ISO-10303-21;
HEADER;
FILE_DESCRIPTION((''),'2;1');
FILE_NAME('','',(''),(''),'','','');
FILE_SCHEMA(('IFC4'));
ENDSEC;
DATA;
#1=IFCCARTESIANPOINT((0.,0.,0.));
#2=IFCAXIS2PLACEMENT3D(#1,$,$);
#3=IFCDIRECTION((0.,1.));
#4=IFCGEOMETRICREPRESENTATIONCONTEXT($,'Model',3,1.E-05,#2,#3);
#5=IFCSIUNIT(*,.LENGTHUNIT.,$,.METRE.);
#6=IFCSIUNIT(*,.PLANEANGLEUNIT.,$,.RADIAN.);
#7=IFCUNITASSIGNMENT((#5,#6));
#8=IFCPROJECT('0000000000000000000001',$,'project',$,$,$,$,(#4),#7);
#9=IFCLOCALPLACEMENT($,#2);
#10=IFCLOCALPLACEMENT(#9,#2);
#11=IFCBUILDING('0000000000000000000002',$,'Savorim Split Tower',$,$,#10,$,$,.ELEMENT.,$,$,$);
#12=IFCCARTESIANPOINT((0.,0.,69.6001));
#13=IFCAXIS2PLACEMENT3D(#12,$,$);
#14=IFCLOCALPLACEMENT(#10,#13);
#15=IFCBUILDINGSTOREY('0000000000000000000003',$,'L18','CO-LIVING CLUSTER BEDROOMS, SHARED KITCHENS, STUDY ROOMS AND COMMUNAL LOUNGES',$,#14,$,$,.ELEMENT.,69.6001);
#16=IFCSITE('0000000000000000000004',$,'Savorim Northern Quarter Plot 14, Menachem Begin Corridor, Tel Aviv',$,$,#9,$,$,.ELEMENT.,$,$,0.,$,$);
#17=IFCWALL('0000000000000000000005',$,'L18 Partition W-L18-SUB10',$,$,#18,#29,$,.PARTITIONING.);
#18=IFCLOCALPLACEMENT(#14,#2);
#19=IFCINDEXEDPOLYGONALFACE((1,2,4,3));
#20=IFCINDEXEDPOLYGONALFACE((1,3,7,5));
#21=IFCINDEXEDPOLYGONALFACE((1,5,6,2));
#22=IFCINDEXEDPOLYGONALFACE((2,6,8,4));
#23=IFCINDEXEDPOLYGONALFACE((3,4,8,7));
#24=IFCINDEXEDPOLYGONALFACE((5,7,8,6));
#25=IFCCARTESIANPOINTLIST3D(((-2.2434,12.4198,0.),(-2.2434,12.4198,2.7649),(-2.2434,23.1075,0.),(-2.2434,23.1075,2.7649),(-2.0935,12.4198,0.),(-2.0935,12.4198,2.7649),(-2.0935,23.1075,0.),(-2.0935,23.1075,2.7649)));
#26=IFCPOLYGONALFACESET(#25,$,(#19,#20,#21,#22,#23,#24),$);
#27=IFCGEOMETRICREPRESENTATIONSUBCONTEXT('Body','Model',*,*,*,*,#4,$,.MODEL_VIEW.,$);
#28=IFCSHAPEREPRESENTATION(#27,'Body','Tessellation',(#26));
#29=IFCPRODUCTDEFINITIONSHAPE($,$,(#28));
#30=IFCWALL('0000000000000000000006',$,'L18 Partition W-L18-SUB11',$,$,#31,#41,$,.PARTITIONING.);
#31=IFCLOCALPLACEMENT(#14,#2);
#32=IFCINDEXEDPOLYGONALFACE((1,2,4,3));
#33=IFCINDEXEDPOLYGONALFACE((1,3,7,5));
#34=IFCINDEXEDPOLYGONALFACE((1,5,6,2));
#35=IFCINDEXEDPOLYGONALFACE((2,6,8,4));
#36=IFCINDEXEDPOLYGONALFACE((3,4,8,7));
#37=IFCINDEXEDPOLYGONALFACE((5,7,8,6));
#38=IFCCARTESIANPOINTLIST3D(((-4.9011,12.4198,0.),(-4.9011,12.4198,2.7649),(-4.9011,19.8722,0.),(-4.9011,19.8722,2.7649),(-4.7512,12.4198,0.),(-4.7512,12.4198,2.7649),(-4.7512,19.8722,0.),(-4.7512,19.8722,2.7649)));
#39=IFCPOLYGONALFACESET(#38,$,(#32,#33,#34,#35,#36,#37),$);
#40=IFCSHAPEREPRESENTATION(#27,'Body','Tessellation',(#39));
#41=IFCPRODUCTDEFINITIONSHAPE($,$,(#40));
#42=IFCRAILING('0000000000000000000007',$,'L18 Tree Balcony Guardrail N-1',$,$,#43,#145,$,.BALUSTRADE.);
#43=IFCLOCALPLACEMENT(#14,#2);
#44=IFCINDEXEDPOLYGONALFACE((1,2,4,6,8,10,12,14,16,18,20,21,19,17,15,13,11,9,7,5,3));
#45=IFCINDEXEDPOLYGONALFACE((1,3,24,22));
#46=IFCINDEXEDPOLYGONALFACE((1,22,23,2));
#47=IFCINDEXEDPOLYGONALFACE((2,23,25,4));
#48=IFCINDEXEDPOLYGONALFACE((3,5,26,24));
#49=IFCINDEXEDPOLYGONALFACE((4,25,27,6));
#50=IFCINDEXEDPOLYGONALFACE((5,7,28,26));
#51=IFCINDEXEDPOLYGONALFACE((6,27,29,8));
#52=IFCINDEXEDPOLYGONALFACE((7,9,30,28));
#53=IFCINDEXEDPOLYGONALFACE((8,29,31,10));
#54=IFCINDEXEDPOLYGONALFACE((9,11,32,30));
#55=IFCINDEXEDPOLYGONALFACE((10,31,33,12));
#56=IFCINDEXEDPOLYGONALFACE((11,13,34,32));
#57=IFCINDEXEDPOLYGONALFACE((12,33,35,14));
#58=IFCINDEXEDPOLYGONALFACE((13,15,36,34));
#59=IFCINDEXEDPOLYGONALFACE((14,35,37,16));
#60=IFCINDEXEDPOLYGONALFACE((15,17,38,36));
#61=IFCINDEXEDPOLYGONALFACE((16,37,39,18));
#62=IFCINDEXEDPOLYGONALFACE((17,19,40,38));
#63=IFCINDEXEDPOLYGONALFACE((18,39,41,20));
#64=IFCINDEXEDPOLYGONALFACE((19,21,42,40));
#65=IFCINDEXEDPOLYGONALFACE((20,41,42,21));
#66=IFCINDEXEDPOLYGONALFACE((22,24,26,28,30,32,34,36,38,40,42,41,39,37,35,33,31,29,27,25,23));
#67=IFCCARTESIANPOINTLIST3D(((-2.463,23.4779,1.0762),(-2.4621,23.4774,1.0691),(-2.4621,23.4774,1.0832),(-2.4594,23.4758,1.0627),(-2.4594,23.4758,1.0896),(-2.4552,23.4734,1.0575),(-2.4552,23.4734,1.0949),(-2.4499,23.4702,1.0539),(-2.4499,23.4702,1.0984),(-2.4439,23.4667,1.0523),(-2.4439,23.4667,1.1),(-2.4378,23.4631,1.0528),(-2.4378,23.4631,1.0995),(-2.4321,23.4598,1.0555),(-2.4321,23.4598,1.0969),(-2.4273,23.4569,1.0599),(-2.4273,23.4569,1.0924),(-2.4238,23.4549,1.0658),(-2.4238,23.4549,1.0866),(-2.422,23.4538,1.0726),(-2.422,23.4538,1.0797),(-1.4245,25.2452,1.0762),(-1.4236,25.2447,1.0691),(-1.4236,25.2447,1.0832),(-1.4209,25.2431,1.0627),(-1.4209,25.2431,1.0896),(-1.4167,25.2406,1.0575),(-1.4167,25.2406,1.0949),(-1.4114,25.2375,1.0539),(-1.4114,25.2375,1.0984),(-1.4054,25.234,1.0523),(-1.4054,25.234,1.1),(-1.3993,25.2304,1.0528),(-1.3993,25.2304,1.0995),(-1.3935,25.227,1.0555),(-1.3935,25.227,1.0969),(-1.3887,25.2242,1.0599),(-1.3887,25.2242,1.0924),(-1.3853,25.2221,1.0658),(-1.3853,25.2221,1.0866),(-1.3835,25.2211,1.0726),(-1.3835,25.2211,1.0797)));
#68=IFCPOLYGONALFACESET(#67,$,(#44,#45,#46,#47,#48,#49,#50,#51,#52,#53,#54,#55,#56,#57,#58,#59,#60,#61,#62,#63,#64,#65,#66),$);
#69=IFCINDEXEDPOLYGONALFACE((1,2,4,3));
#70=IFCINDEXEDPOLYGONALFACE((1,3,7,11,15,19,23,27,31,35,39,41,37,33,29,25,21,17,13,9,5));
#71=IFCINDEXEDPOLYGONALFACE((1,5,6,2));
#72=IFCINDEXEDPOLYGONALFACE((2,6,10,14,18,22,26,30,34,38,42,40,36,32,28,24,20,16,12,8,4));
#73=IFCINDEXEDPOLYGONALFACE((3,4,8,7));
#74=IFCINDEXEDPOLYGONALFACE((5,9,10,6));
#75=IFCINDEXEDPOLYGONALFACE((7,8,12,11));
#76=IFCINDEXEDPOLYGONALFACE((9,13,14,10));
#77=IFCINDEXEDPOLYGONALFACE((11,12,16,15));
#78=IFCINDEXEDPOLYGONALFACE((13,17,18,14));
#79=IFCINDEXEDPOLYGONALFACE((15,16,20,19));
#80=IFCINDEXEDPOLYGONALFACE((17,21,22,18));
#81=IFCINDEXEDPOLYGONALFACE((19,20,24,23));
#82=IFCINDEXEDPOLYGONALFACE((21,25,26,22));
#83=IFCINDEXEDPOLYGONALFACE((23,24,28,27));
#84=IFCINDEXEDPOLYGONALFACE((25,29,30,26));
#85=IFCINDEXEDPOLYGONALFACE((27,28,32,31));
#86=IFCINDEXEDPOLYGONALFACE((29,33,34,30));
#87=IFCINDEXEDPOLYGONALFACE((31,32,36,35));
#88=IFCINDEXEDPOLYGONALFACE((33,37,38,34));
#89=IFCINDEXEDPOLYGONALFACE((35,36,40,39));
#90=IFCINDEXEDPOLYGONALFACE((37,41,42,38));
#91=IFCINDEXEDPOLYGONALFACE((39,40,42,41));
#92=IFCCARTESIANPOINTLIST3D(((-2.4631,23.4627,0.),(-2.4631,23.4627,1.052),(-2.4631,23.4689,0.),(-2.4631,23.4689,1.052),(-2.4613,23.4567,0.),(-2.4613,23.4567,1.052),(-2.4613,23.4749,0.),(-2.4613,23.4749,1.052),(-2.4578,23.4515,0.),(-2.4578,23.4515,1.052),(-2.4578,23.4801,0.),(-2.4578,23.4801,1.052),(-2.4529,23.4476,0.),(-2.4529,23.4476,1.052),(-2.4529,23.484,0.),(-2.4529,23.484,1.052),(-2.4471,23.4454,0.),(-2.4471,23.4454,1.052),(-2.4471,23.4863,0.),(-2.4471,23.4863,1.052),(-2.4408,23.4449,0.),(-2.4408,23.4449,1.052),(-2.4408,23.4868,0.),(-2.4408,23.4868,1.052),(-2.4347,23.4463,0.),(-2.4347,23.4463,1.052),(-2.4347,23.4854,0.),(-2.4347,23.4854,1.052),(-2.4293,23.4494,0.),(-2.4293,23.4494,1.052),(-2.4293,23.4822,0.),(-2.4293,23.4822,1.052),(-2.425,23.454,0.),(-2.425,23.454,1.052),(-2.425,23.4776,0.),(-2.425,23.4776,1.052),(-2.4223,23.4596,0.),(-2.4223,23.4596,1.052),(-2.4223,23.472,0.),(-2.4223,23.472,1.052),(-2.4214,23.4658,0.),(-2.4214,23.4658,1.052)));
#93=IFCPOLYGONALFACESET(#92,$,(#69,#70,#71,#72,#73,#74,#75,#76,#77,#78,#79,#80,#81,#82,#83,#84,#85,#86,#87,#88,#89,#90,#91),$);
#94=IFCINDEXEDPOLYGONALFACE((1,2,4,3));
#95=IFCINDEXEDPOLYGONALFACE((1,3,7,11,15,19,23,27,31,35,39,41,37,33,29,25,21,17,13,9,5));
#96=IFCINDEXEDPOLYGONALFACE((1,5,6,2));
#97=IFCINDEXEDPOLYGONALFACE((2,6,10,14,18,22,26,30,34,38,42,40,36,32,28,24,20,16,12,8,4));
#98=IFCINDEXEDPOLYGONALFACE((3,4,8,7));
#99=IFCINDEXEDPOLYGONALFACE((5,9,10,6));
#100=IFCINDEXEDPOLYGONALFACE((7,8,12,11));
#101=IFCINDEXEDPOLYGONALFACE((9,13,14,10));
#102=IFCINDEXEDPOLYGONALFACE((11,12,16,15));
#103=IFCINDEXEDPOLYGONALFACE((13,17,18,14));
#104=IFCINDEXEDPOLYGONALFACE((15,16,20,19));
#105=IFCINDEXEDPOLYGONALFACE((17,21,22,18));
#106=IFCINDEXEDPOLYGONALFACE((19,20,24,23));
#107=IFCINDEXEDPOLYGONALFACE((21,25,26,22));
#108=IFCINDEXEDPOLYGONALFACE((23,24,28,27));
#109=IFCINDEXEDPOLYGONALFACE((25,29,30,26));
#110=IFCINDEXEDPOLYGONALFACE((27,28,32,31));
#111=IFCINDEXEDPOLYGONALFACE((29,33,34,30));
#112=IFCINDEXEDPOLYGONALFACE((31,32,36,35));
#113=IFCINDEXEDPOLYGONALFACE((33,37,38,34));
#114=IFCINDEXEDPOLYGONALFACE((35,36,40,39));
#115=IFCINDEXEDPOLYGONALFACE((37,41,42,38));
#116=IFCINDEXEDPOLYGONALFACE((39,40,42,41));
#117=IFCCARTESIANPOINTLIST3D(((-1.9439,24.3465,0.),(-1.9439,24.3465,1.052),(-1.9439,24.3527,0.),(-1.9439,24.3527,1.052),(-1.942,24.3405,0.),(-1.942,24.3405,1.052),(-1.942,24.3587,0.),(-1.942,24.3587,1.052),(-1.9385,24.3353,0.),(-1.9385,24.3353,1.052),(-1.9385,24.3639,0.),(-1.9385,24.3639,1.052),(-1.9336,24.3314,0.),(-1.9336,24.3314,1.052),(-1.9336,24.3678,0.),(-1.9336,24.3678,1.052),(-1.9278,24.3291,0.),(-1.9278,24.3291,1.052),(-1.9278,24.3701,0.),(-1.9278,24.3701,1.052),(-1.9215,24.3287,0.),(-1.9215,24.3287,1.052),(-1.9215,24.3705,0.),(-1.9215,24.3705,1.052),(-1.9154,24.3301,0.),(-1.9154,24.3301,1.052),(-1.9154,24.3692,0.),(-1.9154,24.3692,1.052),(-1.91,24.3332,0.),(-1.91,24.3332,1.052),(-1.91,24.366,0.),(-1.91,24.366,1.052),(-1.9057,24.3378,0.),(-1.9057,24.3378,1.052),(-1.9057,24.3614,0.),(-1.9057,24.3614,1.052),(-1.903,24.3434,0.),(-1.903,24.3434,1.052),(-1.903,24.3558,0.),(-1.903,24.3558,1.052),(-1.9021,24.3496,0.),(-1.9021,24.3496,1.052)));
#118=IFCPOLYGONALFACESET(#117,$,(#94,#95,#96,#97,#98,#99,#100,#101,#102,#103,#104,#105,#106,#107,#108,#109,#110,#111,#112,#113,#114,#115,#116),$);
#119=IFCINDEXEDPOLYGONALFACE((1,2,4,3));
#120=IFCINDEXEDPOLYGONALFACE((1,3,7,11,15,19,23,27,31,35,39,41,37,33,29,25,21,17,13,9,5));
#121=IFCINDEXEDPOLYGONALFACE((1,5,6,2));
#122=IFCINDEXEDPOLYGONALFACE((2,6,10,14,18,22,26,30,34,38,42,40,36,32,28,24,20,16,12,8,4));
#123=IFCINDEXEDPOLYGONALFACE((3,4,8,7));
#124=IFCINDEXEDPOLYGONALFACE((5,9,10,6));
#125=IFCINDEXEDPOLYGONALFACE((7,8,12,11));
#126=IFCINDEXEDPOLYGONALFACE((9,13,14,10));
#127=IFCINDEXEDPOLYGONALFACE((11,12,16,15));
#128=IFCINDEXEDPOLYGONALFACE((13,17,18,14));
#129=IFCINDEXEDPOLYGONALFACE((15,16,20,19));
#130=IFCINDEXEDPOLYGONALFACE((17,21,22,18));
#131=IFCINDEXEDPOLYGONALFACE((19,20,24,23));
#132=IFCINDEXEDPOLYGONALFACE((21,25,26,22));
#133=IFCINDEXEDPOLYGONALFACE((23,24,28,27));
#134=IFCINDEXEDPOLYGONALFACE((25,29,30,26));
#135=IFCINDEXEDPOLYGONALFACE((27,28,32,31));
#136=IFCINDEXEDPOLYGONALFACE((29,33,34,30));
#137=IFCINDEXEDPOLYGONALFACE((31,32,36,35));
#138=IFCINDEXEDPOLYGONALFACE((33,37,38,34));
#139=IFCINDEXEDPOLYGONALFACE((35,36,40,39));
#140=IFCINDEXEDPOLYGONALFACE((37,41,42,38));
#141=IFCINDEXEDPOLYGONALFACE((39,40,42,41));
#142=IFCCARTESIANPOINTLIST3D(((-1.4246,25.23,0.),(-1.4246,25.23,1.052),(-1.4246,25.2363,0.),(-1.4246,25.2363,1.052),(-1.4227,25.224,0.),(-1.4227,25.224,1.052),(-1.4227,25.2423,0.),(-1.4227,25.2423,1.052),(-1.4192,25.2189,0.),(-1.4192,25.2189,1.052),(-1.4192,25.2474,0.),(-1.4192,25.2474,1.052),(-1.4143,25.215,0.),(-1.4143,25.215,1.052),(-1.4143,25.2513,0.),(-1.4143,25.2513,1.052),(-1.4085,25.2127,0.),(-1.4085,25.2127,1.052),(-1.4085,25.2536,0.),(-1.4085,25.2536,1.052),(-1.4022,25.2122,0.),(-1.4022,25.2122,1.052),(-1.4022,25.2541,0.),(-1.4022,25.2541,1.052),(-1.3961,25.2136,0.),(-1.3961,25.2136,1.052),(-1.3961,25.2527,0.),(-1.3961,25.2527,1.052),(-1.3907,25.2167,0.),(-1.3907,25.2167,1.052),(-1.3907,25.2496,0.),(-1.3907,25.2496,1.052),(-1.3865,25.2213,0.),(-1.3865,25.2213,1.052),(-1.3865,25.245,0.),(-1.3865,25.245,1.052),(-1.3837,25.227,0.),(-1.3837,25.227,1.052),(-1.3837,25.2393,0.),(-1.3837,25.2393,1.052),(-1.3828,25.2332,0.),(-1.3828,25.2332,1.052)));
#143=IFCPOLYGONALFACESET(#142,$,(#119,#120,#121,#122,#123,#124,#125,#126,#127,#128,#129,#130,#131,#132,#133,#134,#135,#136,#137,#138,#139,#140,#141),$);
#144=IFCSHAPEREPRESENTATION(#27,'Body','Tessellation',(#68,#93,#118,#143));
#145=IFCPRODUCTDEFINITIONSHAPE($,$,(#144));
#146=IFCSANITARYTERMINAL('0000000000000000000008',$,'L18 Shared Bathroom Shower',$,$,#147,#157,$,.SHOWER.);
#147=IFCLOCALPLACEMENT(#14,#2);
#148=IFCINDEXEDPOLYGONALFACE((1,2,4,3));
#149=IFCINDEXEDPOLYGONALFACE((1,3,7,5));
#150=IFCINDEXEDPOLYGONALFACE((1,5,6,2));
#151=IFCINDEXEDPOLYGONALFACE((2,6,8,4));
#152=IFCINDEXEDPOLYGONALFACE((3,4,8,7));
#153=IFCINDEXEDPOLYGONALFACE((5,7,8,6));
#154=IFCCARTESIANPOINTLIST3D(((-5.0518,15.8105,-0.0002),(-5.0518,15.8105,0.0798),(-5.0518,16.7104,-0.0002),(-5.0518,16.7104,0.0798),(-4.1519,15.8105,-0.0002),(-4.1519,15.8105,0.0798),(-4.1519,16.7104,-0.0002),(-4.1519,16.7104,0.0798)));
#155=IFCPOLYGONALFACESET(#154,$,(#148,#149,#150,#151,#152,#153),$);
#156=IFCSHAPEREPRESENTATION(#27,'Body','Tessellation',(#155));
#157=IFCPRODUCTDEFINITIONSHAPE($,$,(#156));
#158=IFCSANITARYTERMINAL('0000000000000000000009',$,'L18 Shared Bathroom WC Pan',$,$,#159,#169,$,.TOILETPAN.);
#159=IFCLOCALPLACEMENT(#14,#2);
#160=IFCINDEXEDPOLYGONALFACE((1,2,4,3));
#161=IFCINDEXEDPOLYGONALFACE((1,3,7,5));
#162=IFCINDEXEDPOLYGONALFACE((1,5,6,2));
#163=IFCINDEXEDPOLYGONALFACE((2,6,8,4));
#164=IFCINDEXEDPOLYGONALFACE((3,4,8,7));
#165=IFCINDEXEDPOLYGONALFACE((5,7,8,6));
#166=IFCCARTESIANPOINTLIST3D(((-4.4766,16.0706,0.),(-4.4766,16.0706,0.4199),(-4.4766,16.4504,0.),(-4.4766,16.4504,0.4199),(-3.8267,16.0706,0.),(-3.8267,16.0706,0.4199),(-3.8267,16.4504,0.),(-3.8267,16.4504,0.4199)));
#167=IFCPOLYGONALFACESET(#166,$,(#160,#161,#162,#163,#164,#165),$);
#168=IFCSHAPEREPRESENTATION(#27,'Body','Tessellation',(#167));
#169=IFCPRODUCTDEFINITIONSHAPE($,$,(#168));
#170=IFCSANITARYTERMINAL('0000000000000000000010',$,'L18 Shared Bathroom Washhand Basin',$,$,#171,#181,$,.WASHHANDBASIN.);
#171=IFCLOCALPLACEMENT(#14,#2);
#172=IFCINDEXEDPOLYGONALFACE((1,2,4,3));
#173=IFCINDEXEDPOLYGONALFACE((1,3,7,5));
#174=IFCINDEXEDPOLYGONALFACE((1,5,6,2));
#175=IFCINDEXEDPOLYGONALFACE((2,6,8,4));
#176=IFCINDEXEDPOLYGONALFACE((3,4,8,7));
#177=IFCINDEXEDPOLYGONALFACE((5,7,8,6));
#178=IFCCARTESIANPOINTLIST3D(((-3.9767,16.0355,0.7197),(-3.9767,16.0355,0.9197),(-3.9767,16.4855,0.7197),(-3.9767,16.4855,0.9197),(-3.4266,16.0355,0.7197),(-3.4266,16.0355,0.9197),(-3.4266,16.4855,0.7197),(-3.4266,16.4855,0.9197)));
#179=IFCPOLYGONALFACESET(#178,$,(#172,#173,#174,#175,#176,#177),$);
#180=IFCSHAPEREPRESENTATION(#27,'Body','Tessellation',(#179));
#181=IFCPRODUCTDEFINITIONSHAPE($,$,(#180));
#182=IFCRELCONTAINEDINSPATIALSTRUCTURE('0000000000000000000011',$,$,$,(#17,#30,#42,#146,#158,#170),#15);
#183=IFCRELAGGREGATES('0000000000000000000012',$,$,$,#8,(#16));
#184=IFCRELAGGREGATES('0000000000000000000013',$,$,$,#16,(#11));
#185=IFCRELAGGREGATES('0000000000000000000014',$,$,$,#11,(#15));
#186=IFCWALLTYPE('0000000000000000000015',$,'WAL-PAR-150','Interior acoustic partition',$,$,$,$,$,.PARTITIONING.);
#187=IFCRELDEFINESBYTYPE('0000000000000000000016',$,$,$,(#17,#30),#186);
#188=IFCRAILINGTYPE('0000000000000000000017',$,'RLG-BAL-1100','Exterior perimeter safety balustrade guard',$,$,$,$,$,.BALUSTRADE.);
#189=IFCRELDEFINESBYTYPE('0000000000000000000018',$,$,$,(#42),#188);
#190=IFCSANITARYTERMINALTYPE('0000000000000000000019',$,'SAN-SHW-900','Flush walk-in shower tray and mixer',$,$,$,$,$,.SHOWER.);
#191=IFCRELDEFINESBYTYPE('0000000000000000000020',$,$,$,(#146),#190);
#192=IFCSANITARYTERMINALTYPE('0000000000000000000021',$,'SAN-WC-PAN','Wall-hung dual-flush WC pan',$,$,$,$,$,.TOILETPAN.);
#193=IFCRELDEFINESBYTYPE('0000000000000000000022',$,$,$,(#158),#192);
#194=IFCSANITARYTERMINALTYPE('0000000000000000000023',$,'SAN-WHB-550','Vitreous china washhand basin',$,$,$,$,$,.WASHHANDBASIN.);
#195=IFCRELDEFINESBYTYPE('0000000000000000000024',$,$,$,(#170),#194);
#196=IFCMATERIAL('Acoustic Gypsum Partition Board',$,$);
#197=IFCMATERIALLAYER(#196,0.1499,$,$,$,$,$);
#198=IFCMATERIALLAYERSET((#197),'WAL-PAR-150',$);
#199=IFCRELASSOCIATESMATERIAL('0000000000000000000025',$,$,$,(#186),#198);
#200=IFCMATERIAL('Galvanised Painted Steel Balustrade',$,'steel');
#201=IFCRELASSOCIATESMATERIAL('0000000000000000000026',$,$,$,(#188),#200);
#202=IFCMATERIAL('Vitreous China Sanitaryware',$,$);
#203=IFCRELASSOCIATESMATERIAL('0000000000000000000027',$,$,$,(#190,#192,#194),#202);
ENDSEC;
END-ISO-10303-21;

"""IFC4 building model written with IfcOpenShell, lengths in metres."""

from ifc_helpers import new_model, si_unit, direction, frame, frame_2d, origin, origin_2d, place, context, subcontext, project, spatial, rectangle, circle, extrude, material, layer, layer_set, type_object, element, save


model = new_model("IFC4")

# Units and contexts
model_context = context("Model", 3, precision=1e-05, world=origin(), true_north=direction((0.0, 1.0)))
body_context = subcontext(model_context, "Body", "Model", "MODEL_VIEW")
ifc_project = project(units=[si_unit("LENGTHUNIT", "METRE"), si_unit("PLANEANGLEUNIT", "RADIAN")], contexts=[model_context])

# Site, building, storey
site_placement = place(None, origin())
site = spatial("IfcSite", under=ifc_project, at=site_placement, Name="Savorim Northern Quarter Plot 14, Menachem Begin Corridor, Tel Aviv", CompositionType="ELEMENT", RefElevation=0.0)
building_placement = place(site_placement, origin())
building = spatial("IfcBuilding", under=site, at=building_placement, Name="Savorim Split Tower", CompositionType="ELEMENT")
storey_placement = place(building_placement, frame((0.0, 0.0, 69.6001)))
storey = spatial("IfcBuildingStorey", under=building, at=storey_placement, Name="L18", Description="CO-LIVING CLUSTER BEDROOMS, SHARED KITCHENS, STUDY ROOMS AND COMMUNAL LOUNGES", CompositionType="ELEMENT", Elevation=69.6001)

# Shared definitions
ifc_material_1 = material(Name="Acoustic Gypsum Partition Board")
ifc_layer_1 = layer(ifc_material_1, 0.1499)
ifc_layer_set_1 = layer_set([ifc_layer_1], Name="WAL-PAR-150")
wall_type_1 = type_object("IfcWallType", Name="WAL-PAR-150", Description="Interior acoustic partition", PredefinedType="PARTITIONING", material=ifc_layer_set_1)

# Walls
wall_1_placement = place(storey_placement, frame((-2.1685, 12.4199, 0.0), z_axis=(0.0, 0.0, 1.0), x_axis=(0.0, 1.0, 0.0)))
element("IfcWall", 1, at=wall_1_placement, inside=storey, type_object=wall_type_1, Name="L18 Partition W-L18-SUB10", PredefinedType="PARTITIONING", context=body_context, shape_type="SweptSolid", body=[
    extrude(rectangle(XDim=10.6877, YDim=0.1499, at=frame_2d((5.3438, 0.0))), origin(), (0.0, 0.0, 1.0), 2.7649),
])
wall_2_placement = place(storey_placement, frame((-4.8262, 12.4199, 0.0), z_axis=(0.0, 0.0, 1.0), x_axis=(0.0, 1.0, 0.0)))
element("IfcWall", 2, at=wall_2_placement, inside=storey, type_object=wall_type_1, Name="L18 Partition W-L18-SUB11", PredefinedType="PARTITIONING", context=body_context, shape_type="SweptSolid", body=[
    extrude(rectangle(XDim=7.4524, YDim=0.1499, at=frame_2d((3.7261, 0.0))), origin(), (0.0, 0.0, 1.0), 2.7649),
])

# Railing
ifc_material_2 = material(Name="Galvanised Painted Steel Balustrade", Category="steel")
railing_type = type_object("IfcRailingType", Name="RLG-BAL-1100", Description="Exterior perimeter safety balustrade guard", PredefinedType="BALUSTRADE", material=ifc_material_2)
railing_1_placement = place(storey_placement, frame((-2.4424, 23.4658, 0.0)))
element("IfcRailing", 3, at=railing_1_placement, inside=storey, type_object=railing_type, Name="L18 Tree Balcony Guardrail N-1", PredefinedType="BALUSTRADE", context=body_context, shape_type="SweptSolid", body=[
    extrude(circle(Radius=0.0239, at=origin_2d()), frame((0.0, 0.0, 1.0762), z_axis=(0.506645, 0.862155, 0.0), x_axis=(-0.862155, 0.506645, 0.0)), (0.0, 0.0, 1.0), 2.0498),
    extrude(circle(Radius=0.021, at=origin_2d()), origin(), (0.0, 0.0, 1.0), 1.052),
    extrude(circle(Radius=0.021, at=origin_2d()), frame((0.5193, 0.8838, 0.0)), (0.0, 0.0, 1.0), 1.052),
    extrude(circle(Radius=0.021, at=origin_2d()), frame((1.0386, 1.7673, 0.0)), (0.0, 0.0, 1.0), 1.052),
])

# Sanitary terminals
ifc_material_3 = material(Name="Vitreous China Sanitaryware")
sanitary_terminal_type_1 = type_object("IfcSanitaryTerminalType", Name="SAN-SHW-900", Description="Flush walk-in shower tray and mixer", PredefinedType="SHOWER", material=ifc_material_3)
sanitary_terminal_1_placement = place(storey_placement, frame((-4.6018, 16.2605, -0.0002), z_axis=(0.0, 0.0, 1.0), x_axis=(1.0, 0.0, 0.0)))
element("IfcSanitaryTerminal", 4, at=sanitary_terminal_1_placement, inside=storey, type_object=sanitary_terminal_type_1, Name="L18 Shared Bathroom Shower", PredefinedType="SHOWER", context=body_context, shape_type="SweptSolid", body=[
    extrude(rectangle(XDim=0.8999, YDim=0.8999, at=origin_2d()), origin(), (0.0, 0.0, 1.0), 0.0801),
])
sanitary_terminal_type_2 = type_object("IfcSanitaryTerminalType", Name="SAN-WC-PAN", Description="Wall-hung dual-flush WC pan", PredefinedType="TOILETPAN", material=ifc_material_3)
sanitary_terminal_2_placement = place(storey_placement, frame((-4.1516, 16.2605, 0.0), z_axis=(0.0, 0.0, 1.0), x_axis=(1.0, 0.0, 0.0)))
element("IfcSanitaryTerminal", 5, at=sanitary_terminal_2_placement, inside=storey, type_object=sanitary_terminal_type_2, Name="L18 Shared Bathroom WC Pan", PredefinedType="TOILETPAN", context=body_context, shape_type="SweptSolid", body=[
    extrude(rectangle(XDim=0.6499, YDim=0.3799, at=origin_2d()), origin(), (0.0, 0.0, 1.0), 0.4199),
])
sanitary_terminal_type_3 = type_object("IfcSanitaryTerminalType", Name="SAN-WHB-550", Description="Vitreous china washhand basin", PredefinedType="WASHHANDBASIN", material=ifc_material_3)
sanitary_terminal_3_placement = place(storey_placement, frame((-3.7017, 16.2605, 0.7197), z_axis=(0.0, 0.0, 1.0), x_axis=(1.0, 0.0, 0.0)))
element("IfcSanitaryTerminal", 6, at=sanitary_terminal_3_placement, inside=storey, type_object=sanitary_terminal_type_3, Name="L18 Shared Bathroom Washhand Basin", PredefinedType="WASHHANDBASIN", context=body_context, shape_type="SweptSolid", body=[
    extrude(rectangle(XDim=0.55, YDim=0.45, at=origin_2d()), origin(), (0.0, 0.0, 1.0), 0.2),
])

save(model, "model.ifc")
